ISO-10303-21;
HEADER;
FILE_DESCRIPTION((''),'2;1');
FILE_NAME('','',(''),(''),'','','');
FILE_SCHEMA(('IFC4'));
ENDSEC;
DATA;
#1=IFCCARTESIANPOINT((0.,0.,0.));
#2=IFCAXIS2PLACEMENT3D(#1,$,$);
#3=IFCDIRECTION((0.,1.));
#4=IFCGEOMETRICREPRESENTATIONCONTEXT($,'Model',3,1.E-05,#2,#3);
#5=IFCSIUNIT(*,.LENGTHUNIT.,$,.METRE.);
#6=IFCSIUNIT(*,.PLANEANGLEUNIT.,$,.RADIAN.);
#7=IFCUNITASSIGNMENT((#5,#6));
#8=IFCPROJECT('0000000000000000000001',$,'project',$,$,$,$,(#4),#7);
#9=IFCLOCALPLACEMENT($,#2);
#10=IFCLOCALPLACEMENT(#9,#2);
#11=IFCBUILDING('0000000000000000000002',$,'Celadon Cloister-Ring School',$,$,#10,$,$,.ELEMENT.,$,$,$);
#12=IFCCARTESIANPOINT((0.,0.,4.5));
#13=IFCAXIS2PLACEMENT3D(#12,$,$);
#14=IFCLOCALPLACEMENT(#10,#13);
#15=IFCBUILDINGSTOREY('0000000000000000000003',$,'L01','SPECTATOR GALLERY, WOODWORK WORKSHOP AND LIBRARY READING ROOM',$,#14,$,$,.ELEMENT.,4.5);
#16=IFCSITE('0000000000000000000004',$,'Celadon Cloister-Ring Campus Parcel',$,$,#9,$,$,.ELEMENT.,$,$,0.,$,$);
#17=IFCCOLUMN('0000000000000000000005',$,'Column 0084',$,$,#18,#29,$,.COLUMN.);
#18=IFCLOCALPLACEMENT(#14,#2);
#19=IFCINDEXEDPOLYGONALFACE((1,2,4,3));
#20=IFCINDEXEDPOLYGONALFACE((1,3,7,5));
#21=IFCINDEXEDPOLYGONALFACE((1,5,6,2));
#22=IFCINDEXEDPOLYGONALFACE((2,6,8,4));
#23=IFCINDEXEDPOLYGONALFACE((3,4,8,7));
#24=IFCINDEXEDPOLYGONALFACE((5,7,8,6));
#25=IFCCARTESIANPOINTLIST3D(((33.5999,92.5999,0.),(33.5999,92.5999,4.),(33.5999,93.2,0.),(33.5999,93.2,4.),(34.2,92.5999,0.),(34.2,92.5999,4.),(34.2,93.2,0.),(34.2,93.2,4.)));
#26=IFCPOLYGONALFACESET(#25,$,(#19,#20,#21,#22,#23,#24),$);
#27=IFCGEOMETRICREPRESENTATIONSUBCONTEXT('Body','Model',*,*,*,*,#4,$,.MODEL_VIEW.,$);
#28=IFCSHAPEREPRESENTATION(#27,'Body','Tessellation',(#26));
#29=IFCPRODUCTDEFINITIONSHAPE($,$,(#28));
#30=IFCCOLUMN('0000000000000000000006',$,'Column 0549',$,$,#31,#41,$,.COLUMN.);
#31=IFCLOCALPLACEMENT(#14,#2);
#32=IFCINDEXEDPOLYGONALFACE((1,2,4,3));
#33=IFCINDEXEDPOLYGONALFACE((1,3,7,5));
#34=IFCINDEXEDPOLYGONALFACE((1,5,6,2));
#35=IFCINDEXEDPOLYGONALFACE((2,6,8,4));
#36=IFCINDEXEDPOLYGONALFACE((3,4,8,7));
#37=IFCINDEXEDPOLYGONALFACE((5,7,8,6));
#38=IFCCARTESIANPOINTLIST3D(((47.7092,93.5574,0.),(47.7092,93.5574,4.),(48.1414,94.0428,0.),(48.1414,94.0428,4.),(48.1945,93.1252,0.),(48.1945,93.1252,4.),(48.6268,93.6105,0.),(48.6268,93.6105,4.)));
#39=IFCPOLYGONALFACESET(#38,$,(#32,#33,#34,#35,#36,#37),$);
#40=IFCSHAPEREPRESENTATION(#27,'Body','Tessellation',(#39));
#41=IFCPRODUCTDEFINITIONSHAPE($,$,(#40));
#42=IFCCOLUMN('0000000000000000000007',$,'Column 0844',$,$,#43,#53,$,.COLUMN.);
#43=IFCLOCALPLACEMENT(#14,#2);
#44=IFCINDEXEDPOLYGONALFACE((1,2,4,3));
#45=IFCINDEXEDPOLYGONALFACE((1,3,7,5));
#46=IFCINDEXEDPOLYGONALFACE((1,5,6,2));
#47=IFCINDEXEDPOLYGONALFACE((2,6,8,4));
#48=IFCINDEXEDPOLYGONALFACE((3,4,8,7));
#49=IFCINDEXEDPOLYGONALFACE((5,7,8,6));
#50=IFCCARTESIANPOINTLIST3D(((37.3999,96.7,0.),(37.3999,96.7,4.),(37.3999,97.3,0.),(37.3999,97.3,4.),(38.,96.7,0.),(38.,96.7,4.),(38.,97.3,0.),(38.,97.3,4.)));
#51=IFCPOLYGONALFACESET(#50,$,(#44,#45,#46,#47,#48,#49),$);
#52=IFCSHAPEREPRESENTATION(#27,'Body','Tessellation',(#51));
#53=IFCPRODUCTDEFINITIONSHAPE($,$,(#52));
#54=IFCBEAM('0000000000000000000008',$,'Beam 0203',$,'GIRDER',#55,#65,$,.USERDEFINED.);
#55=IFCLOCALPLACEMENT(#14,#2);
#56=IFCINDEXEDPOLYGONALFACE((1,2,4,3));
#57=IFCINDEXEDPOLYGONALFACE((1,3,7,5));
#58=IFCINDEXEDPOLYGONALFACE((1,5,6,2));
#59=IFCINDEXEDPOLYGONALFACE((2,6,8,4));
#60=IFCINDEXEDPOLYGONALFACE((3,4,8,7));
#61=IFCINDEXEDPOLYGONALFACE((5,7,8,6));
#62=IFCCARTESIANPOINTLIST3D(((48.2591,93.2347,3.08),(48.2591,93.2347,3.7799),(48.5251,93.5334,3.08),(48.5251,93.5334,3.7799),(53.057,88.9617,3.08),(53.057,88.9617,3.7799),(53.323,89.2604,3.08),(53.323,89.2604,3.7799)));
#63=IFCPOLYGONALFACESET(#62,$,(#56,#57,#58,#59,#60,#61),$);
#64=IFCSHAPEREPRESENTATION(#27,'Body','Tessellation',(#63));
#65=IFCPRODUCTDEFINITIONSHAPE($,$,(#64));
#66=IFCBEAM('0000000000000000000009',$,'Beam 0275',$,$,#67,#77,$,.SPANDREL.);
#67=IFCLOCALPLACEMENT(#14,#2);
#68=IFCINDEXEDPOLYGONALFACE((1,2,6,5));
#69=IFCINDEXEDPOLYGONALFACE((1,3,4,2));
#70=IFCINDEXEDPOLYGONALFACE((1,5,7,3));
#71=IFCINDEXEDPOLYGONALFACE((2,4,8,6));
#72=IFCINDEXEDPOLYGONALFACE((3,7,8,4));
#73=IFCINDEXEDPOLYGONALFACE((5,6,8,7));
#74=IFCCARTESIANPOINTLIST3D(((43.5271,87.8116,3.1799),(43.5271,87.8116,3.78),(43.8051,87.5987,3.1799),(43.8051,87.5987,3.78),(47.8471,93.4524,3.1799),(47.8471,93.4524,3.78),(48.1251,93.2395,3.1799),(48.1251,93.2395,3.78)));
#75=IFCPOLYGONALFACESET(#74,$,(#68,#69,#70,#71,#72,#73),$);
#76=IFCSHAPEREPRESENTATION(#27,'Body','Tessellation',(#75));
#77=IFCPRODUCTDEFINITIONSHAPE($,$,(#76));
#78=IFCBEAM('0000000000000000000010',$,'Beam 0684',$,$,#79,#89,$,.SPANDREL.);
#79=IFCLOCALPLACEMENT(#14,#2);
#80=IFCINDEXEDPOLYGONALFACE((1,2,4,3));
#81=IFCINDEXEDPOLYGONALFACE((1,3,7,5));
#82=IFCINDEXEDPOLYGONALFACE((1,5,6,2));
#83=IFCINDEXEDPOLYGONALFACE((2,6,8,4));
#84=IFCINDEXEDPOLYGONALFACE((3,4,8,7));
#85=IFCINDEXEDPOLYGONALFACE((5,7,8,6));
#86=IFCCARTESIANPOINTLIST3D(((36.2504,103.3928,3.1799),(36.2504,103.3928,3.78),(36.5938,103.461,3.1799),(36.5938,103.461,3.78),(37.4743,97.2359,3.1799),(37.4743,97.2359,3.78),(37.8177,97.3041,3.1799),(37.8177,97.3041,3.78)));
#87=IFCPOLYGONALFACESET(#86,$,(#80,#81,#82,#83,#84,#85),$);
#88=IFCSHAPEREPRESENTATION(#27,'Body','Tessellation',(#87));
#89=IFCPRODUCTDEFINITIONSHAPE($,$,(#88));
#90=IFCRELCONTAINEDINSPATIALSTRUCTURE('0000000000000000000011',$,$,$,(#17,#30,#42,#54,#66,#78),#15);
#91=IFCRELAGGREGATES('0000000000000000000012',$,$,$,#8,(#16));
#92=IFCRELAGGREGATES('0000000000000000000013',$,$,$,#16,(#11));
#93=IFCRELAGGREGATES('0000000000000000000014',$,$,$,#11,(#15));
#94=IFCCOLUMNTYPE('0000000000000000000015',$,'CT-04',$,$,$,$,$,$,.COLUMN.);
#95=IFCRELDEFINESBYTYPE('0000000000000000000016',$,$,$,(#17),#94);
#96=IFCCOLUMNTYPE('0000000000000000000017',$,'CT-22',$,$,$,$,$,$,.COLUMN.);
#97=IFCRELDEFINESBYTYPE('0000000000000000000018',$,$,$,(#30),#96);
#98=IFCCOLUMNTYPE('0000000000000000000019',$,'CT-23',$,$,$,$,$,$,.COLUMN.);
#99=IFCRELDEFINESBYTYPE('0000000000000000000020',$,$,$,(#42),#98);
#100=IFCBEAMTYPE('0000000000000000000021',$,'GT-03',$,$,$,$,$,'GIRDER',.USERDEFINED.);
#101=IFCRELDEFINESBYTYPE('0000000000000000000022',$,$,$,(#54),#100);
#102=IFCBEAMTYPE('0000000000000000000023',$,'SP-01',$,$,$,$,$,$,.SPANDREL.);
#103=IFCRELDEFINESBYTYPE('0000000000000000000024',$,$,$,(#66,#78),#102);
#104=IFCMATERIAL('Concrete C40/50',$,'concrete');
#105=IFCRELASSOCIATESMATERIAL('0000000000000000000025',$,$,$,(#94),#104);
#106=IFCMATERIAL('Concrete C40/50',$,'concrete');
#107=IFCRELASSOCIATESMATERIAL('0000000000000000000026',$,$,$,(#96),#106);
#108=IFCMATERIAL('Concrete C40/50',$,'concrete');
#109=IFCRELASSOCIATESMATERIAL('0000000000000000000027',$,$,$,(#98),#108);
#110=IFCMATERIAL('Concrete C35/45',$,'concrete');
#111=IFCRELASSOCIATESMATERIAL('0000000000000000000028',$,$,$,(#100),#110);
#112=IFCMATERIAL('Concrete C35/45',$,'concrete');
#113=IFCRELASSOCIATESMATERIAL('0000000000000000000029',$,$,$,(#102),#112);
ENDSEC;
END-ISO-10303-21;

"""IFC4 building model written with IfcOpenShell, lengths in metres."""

from ifc_helpers import new_model, si_unit, direction, frame, origin, origin_2d, place, context, subcontext, project, spatial, rectangle, extrude, material, material_profile, profile_set, type_object, element, save


model = new_model("IFC4")

# Units and contexts
model_context = context("Model", 3, precision=1e-05, world=origin(), true_north=direction((0.0, 1.0)))
body_context = subcontext(model_context, "Body", "Model", "MODEL_VIEW")
ifc_project = project(units=[si_unit("LENGTHUNIT", "METRE"), si_unit("PLANEANGLEUNIT", "RADIAN")], contexts=[model_context])

# Site, building, storey
site_placement = place(None, origin())
site = spatial("IfcSite", under=ifc_project, at=site_placement, Name="Celadon Cloister-Ring Campus Parcel", CompositionType="ELEMENT", RefElevation=0.0)
building_placement = place(site_placement, origin())
building = spatial("IfcBuilding", under=site, at=building_placement, Name="Celadon Cloister-Ring School", CompositionType="ELEMENT")
storey_placement = place(building_placement, frame((0.0, 0.0, 4.5)))
storey = spatial("IfcBuildingStorey", under=building, at=storey_placement, Name="L01", Description="SPECTATOR GALLERY, WOODWORK WORKSHOP AND LIBRARY READING ROOM", CompositionType="ELEMENT", Elevation=4.5)

# Columns
ifc_material_1 = material(Name="Concrete C40/50", Category="concrete")
ifc_material_profile_1 = material_profile(ifc_material_1, rectangle(XDim=0.6001, YDim=0.6001, at=origin_2d()), Name="RC600X600")
ifc_profile_set_1 = profile_set([ifc_material_profile_1], Name="Concrete C40/50")
column_type_1 = type_object("IfcColumnType", Name="CT-04", PredefinedType="COLUMN", material=ifc_profile_set_1)
column_1_placement = place(storey_placement, frame((33.8999, 92.8999, 0.0), z_axis=(0.0, 0.0, 1.0), x_axis=(1.0, 0.0, 0.0)))
element("IfcColumn", 1, at=column_1_placement, inside=storey, type_object=column_type_1, Name="Column 0084", PredefinedType="COLUMN", context=body_context, shape_type="SweptSolid", body=[
    extrude(rectangle(XDim=0.6001, YDim=0.6001, at=origin_2d()), origin(), (0.0, 0.0, 1.0), 4.0),
])
ifc_material_2 = material(Name="Concrete C40/50", Category="concrete")
ifc_material_profile_2 = material_profile(ifc_material_2, rectangle(XDim=0.6499, YDim=0.6499, at=origin_2d()), Name="RC650X650")
ifc_profile_set_2 = profile_set([ifc_material_profile_2], Name="Concrete C40/50")
column_type_2 = type_object("IfcColumnType", Name="CT-22", PredefinedType="COLUMN", material=ifc_profile_set_2)
column_2_placement = place(storey_placement, frame((48.168, 93.584, 0.0), z_axis=(0.0, 0.0, 1.0), x_axis=(-0.746777, 0.665074, 0.0)))
element("IfcColumn", 2, at=column_2_placement, inside=storey, type_object=column_type_2, Name="Column 0549", PredefinedType="COLUMN", context=body_context, shape_type="SweptSolid", body=[
    extrude(rectangle(XDim=0.6499, YDim=0.6499, at=origin_2d()), origin(), (0.0, 0.0, 1.0), 4.0),
])
ifc_material_3 = material(Name="Concrete C40/50", Category="concrete")
ifc_material_profile_3 = material_profile(ifc_material_3, rectangle(XDim=0.6001, YDim=0.6001, at=origin_2d()), Name="RC600X600")
ifc_profile_set_3 = profile_set([ifc_material_profile_3], Name="Concrete C40/50")
column_type_3 = type_object("IfcColumnType", Name="CT-23", PredefinedType="COLUMN", material=ifc_profile_set_3)
column_3_placement = place(storey_placement, frame((37.7, 97.0, 0.0), z_axis=(0.0, 0.0, 1.0), x_axis=(1.0, 0.0, 0.0)))
element("IfcColumn", 3, at=column_3_placement, inside=storey, type_object=column_type_3, Name="Column 0844", PredefinedType="COLUMN", context=body_context, shape_type="SweptSolid", body=[
    extrude(rectangle(XDim=0.6001, YDim=0.6001, at=origin_2d()), origin(), (0.0, 0.0, 1.0), 4.0),
])

# Beams
ifc_material_4 = material(Name="Concrete C35/45", Category="concrete")
ifc_material_profile_4 = material_profile(ifc_material_4, rectangle(XDim=0.3999, YDim=0.7, at=origin_2d()), Name="RC400X700")
ifc_profile_set_4 = profile_set([ifc_material_profile_4], Name="Concrete C35/45")
beam_type_1 = type_object("IfcBeamType", Name="GT-03", ElementType="GIRDER", PredefinedType="USERDEFINED", material=ifc_profile_set_4)
beam_1_placement = place(storey_placement, frame((48.3921, 93.384, 3.4299), z_axis=(0.746776, -0.665076, 0.0), x_axis=(0.665076, 0.746776, 0.0)))
element("IfcBeam", 4, at=beam_1_placement, inside=storey, type_object=beam_type_1, Name="Beam 0203", ObjectType="GIRDER", PredefinedType="USERDEFINED", context=body_context, shape_type="SweptSolid", body=[
    extrude(rectangle(XDim=0.3999, YDim=0.7, at=origin_2d()), origin(), (0.0, 0.0, 1.0), 6.4248),
])
ifc_material_5 = material(Name="Concrete C35/45", Category="concrete")
ifc_material_profile_5 = material_profile(ifc_material_5, rectangle(XDim=0.3501, YDim=0.6001, at=origin_2d()), Name="RC350X600")
ifc_profile_set_5 = profile_set([ifc_material_profile_5], Name="Concrete C35/45")
beam_type_2 = type_object("IfcBeamType", Name="SP-01", PredefinedType="SPANDREL", material=ifc_profile_set_5)
beam_2_placement = place(storey_placement, frame((47.9861, 93.3459, 3.48), z_axis=(-0.608024, -0.793919, 0.0), x_axis=(0.793919, -0.608024, 0.0)))
element("IfcBeam", 5, at=beam_2_placement, inside=storey, type_object=beam_type_2, Name="Beam 0275", PredefinedType="SPANDREL", context=body_context, shape_type="SweptSolid", body=[
    extrude(rectangle(XDim=0.3501, YDim=0.6001, at=origin_2d()), origin(), (0.0, 0.0, 1.0), 7.105),
])
beam_3_placement = place(storey_placement, frame((37.646, 97.27, 3.48), z_axis=(-0.194964, 0.98081, 0.0), x_axis=(-0.98081, -0.194964, 0.0)))
element("IfcBeam", 6, at=beam_3_placement, inside=storey, type_object=beam_type_2, Name="Beam 0684", PredefinedType="SPANDREL", context=body_context, shape_type="SweptSolid", body=[
    extrude(rectangle(XDim=0.3501, YDim=0.6001, at=origin_2d()), origin(), (0.0, 0.0, 1.0), 6.2773),
])

save(model, "model.ifc")
